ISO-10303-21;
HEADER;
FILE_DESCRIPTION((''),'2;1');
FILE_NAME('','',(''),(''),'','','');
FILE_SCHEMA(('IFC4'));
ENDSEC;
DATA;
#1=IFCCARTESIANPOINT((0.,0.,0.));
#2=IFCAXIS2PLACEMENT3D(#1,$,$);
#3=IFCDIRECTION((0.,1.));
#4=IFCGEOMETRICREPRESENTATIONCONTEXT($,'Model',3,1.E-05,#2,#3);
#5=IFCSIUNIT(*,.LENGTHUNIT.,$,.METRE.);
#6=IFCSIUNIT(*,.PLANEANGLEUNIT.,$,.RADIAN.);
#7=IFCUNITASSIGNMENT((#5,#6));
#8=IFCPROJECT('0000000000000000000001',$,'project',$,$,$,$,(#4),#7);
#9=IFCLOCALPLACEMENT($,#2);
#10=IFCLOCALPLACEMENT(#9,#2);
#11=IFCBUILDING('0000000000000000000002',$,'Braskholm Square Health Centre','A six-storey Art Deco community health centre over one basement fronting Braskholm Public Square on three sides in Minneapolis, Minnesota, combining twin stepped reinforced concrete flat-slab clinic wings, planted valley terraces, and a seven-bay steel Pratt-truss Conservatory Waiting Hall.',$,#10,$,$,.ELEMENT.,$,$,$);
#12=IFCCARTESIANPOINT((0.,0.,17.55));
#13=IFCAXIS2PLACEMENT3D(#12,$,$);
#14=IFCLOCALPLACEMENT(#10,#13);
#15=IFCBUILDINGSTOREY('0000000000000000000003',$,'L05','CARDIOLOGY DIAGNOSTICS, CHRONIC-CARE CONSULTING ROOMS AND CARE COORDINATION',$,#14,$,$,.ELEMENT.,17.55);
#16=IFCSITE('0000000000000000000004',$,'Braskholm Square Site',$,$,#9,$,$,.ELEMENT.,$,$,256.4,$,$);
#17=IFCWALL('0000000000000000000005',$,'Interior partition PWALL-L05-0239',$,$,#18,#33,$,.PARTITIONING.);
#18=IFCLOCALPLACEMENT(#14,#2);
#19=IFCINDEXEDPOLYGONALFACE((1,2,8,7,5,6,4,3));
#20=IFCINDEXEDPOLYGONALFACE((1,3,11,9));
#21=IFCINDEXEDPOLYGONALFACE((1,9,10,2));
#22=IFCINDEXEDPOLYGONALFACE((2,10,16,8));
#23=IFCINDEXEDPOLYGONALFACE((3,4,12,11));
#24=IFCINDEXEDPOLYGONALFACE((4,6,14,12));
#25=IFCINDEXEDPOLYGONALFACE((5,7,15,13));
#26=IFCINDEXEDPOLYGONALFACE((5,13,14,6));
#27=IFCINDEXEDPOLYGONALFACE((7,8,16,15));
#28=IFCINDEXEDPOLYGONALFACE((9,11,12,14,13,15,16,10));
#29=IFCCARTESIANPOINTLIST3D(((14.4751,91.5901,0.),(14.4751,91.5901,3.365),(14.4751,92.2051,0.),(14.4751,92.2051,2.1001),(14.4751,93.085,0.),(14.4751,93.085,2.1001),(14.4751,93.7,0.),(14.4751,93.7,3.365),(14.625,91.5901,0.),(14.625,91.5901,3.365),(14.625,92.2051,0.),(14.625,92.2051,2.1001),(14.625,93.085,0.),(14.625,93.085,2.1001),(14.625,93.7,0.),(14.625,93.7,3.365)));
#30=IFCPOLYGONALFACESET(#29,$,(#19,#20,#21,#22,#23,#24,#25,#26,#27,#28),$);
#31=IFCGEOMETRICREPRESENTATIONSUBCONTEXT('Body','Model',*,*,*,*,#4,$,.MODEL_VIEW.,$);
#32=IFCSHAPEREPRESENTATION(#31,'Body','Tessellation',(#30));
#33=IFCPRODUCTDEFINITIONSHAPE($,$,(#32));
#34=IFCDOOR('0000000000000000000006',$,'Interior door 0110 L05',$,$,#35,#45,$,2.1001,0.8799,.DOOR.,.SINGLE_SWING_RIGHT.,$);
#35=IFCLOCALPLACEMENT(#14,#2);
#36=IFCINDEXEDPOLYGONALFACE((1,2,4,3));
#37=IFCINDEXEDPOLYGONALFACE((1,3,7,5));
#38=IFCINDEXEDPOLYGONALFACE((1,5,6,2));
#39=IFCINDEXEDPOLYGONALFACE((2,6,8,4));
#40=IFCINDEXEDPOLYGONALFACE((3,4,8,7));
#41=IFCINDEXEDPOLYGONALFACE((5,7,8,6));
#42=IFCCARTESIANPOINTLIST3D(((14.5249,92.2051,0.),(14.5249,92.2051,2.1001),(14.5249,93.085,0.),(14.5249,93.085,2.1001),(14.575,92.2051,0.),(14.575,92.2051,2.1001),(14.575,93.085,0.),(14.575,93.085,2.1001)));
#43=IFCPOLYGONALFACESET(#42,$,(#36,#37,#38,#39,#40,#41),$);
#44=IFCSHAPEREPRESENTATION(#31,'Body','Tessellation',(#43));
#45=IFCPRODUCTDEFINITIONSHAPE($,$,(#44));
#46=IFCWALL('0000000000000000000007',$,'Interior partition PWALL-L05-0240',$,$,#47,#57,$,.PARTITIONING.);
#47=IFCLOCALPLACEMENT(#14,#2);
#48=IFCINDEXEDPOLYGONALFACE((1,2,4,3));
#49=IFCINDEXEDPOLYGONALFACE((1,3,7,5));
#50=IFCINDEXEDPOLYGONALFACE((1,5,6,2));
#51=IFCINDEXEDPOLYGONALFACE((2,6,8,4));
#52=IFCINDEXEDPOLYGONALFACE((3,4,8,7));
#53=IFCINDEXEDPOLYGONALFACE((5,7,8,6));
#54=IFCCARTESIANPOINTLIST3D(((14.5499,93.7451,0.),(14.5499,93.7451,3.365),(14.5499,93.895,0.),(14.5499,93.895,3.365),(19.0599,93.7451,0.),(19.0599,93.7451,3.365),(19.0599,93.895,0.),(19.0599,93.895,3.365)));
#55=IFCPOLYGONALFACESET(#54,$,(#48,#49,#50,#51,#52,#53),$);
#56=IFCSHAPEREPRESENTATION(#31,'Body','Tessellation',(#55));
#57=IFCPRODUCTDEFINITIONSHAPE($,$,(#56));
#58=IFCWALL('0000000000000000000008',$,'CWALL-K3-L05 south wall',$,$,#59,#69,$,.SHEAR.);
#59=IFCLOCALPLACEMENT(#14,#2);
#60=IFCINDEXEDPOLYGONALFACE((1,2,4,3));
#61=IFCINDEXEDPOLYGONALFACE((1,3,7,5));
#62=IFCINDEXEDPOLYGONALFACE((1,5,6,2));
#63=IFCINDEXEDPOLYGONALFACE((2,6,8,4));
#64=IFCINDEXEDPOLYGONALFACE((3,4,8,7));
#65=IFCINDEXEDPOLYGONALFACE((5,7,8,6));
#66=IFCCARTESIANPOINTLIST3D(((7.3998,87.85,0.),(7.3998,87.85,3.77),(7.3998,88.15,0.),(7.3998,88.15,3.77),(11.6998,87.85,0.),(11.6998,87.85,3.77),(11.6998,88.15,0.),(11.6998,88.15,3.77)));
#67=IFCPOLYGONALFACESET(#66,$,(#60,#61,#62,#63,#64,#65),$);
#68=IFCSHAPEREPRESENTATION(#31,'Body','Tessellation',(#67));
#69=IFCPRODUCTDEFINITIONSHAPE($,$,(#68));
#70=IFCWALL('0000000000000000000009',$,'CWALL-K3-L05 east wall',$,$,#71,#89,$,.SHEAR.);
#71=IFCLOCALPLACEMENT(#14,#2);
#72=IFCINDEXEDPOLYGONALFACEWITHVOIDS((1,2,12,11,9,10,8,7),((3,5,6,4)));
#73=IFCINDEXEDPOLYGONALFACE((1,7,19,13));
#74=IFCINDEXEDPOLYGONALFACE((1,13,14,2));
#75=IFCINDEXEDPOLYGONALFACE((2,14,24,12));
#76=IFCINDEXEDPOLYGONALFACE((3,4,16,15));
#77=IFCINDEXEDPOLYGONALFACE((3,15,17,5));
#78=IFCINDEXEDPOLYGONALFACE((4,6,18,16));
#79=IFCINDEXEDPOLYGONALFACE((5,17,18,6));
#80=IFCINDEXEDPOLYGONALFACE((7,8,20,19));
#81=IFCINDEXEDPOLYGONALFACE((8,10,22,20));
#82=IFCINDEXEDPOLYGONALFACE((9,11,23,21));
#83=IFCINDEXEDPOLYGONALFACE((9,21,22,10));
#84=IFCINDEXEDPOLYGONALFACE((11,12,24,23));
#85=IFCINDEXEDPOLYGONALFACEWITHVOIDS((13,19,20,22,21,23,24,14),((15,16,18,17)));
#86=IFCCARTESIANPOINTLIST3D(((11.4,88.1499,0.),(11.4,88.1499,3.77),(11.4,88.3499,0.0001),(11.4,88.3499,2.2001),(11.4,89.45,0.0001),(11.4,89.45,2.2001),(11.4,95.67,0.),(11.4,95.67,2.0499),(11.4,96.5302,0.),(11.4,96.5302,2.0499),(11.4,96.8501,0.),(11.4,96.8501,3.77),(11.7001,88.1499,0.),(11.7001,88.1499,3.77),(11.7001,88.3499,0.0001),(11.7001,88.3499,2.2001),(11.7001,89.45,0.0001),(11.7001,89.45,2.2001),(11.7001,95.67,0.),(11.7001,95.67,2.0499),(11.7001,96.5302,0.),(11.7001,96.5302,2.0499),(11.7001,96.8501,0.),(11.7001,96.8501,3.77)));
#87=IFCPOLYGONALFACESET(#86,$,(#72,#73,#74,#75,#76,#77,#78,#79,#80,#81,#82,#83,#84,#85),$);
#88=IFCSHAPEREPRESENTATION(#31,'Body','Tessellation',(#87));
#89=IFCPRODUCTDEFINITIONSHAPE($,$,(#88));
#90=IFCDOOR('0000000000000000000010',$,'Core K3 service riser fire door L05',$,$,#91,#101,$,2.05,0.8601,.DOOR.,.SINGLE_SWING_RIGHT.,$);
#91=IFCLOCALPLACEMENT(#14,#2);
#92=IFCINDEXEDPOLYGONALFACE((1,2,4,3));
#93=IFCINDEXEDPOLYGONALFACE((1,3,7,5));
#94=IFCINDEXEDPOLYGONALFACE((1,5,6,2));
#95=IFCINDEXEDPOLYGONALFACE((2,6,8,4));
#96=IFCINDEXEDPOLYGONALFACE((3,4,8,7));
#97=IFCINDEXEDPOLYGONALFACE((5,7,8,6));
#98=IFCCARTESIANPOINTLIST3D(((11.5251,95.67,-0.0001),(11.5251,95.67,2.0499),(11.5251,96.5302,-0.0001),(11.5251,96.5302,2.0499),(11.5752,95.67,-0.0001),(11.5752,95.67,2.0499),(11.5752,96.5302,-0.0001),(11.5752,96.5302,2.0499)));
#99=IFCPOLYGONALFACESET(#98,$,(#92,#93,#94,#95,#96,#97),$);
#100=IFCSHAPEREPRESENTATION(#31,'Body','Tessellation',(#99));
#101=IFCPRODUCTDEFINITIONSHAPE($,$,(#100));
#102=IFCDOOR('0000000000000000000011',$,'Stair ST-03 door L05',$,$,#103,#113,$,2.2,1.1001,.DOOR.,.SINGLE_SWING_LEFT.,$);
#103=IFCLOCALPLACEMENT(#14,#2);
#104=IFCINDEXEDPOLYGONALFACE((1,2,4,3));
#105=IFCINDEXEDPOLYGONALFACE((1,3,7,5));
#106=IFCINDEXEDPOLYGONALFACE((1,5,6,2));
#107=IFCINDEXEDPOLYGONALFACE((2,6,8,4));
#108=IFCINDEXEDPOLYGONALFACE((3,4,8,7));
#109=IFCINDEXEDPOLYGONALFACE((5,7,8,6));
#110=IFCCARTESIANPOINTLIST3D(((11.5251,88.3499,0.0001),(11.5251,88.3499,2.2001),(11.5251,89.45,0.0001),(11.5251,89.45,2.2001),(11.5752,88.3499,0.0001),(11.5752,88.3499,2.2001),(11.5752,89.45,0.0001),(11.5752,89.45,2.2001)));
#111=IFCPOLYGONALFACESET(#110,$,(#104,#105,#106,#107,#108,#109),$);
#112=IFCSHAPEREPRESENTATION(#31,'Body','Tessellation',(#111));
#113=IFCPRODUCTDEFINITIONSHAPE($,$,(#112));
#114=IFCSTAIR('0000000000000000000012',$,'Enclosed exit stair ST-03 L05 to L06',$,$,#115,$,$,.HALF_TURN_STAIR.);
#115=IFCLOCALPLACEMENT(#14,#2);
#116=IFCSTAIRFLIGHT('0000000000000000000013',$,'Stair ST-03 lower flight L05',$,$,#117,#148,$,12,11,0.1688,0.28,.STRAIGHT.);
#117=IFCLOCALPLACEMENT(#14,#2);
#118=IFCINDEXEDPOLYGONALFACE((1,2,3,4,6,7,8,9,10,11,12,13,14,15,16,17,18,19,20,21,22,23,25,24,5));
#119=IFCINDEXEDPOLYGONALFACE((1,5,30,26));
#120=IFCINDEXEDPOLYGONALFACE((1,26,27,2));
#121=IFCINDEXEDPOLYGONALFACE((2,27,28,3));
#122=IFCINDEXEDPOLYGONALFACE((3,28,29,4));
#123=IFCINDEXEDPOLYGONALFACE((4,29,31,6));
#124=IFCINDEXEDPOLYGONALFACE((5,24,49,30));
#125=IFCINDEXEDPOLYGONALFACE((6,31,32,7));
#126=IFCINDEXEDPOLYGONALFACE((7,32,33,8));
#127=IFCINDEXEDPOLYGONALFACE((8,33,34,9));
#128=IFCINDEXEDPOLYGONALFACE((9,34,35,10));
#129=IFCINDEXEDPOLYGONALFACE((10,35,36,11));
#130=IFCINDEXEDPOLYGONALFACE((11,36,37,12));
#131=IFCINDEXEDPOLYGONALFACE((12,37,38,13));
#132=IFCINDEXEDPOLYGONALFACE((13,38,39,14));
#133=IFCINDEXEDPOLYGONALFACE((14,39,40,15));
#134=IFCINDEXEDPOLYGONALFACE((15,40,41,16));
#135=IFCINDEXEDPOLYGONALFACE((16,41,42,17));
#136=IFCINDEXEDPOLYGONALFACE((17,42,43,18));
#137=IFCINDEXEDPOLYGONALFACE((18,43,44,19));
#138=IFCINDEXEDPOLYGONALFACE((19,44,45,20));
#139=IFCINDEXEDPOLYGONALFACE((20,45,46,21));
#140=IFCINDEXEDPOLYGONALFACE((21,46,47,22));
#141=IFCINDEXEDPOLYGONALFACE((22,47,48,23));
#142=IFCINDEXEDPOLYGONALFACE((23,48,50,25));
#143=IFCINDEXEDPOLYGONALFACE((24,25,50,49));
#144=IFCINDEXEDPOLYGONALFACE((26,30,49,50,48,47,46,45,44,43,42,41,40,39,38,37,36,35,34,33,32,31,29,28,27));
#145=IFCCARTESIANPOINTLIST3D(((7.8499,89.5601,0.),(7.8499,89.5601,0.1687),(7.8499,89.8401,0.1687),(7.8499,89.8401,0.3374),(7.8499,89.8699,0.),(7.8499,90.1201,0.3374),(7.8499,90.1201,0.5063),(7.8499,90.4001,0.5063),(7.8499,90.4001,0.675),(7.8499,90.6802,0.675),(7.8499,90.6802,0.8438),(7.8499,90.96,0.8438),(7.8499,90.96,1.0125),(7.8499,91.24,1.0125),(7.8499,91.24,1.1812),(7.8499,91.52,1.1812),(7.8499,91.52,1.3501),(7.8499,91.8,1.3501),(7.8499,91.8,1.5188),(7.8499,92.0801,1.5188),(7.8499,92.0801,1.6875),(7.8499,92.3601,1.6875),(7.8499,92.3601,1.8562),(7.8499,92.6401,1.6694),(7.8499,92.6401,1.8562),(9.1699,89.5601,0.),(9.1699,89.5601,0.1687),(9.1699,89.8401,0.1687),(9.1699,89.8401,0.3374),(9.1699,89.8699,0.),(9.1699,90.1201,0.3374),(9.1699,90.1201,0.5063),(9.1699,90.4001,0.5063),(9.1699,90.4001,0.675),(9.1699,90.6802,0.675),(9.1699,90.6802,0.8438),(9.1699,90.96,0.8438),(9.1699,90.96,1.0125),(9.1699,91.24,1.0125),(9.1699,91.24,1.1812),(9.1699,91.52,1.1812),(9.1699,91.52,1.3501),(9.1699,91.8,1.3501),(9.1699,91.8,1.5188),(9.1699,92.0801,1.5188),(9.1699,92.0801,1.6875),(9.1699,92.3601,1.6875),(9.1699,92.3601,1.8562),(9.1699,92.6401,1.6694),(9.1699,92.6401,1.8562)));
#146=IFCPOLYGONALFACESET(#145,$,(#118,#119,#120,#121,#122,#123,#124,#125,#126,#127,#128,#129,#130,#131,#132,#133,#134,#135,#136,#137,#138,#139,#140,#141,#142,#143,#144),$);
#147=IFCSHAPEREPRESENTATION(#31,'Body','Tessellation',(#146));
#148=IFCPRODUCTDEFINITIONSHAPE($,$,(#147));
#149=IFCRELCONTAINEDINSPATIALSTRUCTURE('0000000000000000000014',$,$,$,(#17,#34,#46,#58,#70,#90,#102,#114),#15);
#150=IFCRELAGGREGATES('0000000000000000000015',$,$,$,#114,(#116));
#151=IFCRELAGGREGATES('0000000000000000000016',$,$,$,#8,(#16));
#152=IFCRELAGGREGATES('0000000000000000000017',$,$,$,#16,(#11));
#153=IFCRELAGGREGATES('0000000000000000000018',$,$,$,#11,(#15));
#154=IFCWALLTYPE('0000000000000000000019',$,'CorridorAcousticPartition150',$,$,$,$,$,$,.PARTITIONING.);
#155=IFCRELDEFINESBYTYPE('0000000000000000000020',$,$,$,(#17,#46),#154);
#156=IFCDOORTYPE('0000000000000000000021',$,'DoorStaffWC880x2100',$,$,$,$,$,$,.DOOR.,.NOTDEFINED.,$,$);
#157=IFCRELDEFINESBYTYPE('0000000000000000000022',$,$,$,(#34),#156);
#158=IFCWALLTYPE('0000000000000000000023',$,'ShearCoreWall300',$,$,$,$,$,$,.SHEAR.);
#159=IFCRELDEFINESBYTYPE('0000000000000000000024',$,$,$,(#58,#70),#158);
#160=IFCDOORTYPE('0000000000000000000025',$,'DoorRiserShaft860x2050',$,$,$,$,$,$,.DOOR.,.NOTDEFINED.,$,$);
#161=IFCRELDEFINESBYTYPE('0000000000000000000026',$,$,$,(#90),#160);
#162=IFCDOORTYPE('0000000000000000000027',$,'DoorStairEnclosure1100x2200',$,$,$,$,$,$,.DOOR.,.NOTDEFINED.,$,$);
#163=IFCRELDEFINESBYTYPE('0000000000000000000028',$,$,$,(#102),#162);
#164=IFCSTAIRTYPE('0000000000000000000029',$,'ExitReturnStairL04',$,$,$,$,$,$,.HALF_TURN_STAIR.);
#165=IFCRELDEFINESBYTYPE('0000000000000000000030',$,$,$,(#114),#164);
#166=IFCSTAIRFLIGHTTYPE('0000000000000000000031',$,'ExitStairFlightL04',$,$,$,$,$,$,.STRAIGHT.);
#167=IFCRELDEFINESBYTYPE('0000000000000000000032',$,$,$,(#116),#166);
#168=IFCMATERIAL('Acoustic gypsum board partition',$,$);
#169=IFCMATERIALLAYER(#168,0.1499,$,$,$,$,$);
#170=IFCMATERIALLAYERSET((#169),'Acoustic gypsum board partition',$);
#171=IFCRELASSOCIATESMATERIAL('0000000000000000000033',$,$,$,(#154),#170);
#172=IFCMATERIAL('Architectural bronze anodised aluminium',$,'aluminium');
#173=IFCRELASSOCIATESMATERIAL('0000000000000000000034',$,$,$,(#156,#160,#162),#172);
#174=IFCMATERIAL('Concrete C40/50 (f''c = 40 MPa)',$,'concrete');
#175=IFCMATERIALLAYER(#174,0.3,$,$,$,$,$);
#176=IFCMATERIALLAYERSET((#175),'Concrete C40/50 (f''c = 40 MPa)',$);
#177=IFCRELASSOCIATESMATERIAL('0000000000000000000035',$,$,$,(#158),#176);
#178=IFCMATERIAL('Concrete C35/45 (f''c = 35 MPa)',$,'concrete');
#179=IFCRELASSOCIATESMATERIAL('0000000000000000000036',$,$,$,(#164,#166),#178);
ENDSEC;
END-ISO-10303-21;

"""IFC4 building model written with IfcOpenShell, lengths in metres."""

from ifc_helpers import new_model, si_unit, direction, frame, frame_2d, origin, origin_with_axes, place, context, subcontext, project, spatial, polyline, rectangle, outline, extrude, material, layer, layer_set, type_object, element, fill, aggregate, save


model = new_model("IFC4")

# Units and contexts
model_context = context("Model", 3, precision=1e-05, world=origin(), true_north=direction((0.0, 1.0)))
body_context = subcontext(model_context, "Body", "Model", "MODEL_VIEW")
ifc_project = project(units=[si_unit("LENGTHUNIT", "METRE"), si_unit("PLANEANGLEUNIT", "RADIAN")], contexts=[model_context])

# Site, building, storey
site_placement = place(None, origin())
site = spatial("IfcSite", under=ifc_project, at=site_placement, Name="Braskholm Square Site", CompositionType="ELEMENT", RefElevation=256.4)
building_placement = place(site_placement, origin())
building = spatial("IfcBuilding", under=site, at=building_placement, Name="Braskholm Square Health Centre", Description="A six-storey Art Deco community health centre over one basement fronting Braskholm Public Square on three sides in Minneapolis, Minnesota, combining twin stepped reinforced concrete flat-slab clinic wings, planted valley terraces, and a seven-bay steel Pratt-truss Conservatory Waiting Hall.", CompositionType="ELEMENT")
storey_placement = place(building_placement, frame((0.0, 0.0, 17.55)))
storey = spatial("IfcBuildingStorey", under=building, at=storey_placement, Name="L05", Description="CARDIOLOGY DIAGNOSTICS, CHRONIC-CARE CONSULTING ROOMS AND CARE COORDINATION", CompositionType="ELEMENT", Elevation=17.55)

# Shared definitions
ifc_material_1 = material(Name="Concrete C40/50 (f'c = 40 MPa)", Category="concrete")

# Shared definitions
ifc_material_2 = material(Name="Concrete C35/45 (f'c = 35 MPa)", Category="concrete")

# Shared definitions
ifc_material_3 = material(Name="Acoustic gypsum board partition")

# Wall, opening, door
ifc_material_4 = material(Name="Architectural bronze anodised aluminium", Category="aluminium")
ifc_layer_1 = layer(ifc_material_3, 0.1499)
ifc_layer_set_1 = layer_set([ifc_layer_1], Name="Acoustic gypsum board partition")
wall_type_1 = type_object("IfcWallType", Name="CorridorAcousticPartition150", PredefinedType="PARTITIONING", material=ifc_layer_set_1)
wall_1_placement = place(storey_placement, frame((14.55, 91.5901, 0.0), z_axis=(0.0, 0.0, 1.0), x_axis=(0.0, 1.0, 0.0)))
wall_1 = element("IfcWall", 1, at=wall_1_placement, inside=storey, type_object=wall_type_1, Name="Interior partition PWALL-L05-0239", PredefinedType="PARTITIONING", context=body_context, shape_type="SweptSolid", body=[
    extrude(rectangle(XDim=2.1099, YDim=0.1499, at=frame_2d((1.0549, 0.0))), origin(), (0.0, 0.0, 1.0), 3.365),
])
opening_1_placement = place(wall_1_placement, frame((0.615, 0.0, 0.0)))
opening_1 = element("IfcOpeningElement", 2, at=opening_1_placement, cuts=wall_1, PredefinedType="OPENING", context=body_context, shape_type="SweptSolid", body=[
    extrude(rectangle(XDim=0.8799, YDim=2.1001, at=frame_2d((0.4399, 1.05))), frame((0.0, 0.085, 0.0), z_axis=(0.0, -1.0, 0.0), x_axis=(1.0, 0.0, 0.0)), (0.0, 0.0, 1.0), 0.1699),
])
door_type_1 = type_object("IfcDoorType", Name="DoorStaffWC880x2100", OperationType="NOTDEFINED", PredefinedType="DOOR", material=ifc_material_4)
door_1_placement = place(opening_1_placement, frame((0.8799, 0.0, 0.0), z_axis=(0.0, 0.0, 1.0), x_axis=(-1.0, 0.0, 0.0)))
door_1 = element("IfcDoor", 3, at=door_1_placement, inside=storey, type_object=door_type_1, Name="Interior door 0110 L05", OperationType="SINGLE_SWING_RIGHT", OverallHeight=2.1001, OverallWidth=0.8799, PredefinedType="DOOR", context=body_context, shape_type="SweptSolid", body=[
    extrude(rectangle(XDim=0.8799, YDim=2.1001, at=frame_2d((0.4399, 1.05))), frame((0.0, 0.0249, 0.0), z_axis=(0.0, -1.0, 0.0), x_axis=(1.0, 0.0, 0.0)), (0.0, 0.0, 1.0), 0.05),
])
fill(opening_1, door_1)

# Walls
wall_2_placement = place(storey_placement, frame((14.55, 93.8201, 0.0), z_axis=(0.0, 0.0, 1.0), x_axis=(1.0, 0.0, 0.0)))
element("IfcWall", 4, at=wall_2_placement, inside=storey, type_object=wall_type_1, Name="Interior partition PWALL-L05-0240", PredefinedType="PARTITIONING", context=body_context, shape_type="SweptSolid", body=[
    extrude(rectangle(XDim=4.51, YDim=0.1499, at=frame_2d((2.2549, 0.0))), origin(), (0.0, 0.0, 1.0), 3.365),
])
ifc_layer_2 = layer(ifc_material_1, 0.3)
ifc_layer_set_2 = layer_set([ifc_layer_2], Name="Concrete C40/50 (f'c = 40 MPa)")
wall_type_2 = type_object("IfcWallType", Name="ShearCoreWall300", PredefinedType="SHEAR", material=ifc_layer_set_2)
wall_3_placement = place(storey_placement, frame((7.3999, 88.0, 0.0), z_axis=(0.0, 0.0, 1.0), x_axis=(1.0, 0.0, 0.0)))
element("IfcWall", 5, at=wall_3_placement, inside=storey, type_object=wall_type_2, Name="CWALL-K3-L05 south wall", PredefinedType="SHEAR", context=body_context, shape_type="SweptSolid", body=[
    extrude(rectangle(XDim=4.3, YDim=0.3, at=frame_2d((2.1499, 0.0))), origin(), (0.0, 0.0, 1.0), 3.77),
])

# Wall, openings, doors
wall_4_placement = place(storey_placement, frame((11.55, 88.1499, 0.0), z_axis=(0.0, 0.0, 1.0), x_axis=(0.0, 1.0, 0.0)))
wall_4 = element("IfcWall", 6, at=wall_4_placement, inside=storey, type_object=wall_type_2, Name="CWALL-K3-L05 east wall", PredefinedType="SHEAR", context=body_context, shape_type="SweptSolid", body=[
    extrude(rectangle(XDim=8.7002, YDim=0.3, at=frame_2d((4.3501, 0.0))), origin(), (0.0, 0.0, 1.0), 3.77),
])
opening_2_placement = place(wall_4_placement, frame((0.2, 0.0, 0.0)))
opening_2 = element("IfcOpeningElement", 7, at=opening_2_placement, cuts=wall_4, PredefinedType="OPENING", context=body_context, shape_type="SweptSolid", body=[
    extrude(rectangle(XDim=1.1001, YDim=2.2, at=frame_2d((0.55, 1.1001))), frame((0.0, 0.1602, 0.0), z_axis=(0.0, -1.0, 0.0), x_axis=(1.0, 0.0, 0.0)), (0.0, 0.0, 1.0), 0.3201),
])
opening_3_placement = place(wall_4_placement, frame((7.52, 0.0, 0.0)))
opening_3 = element("IfcOpeningElement", 8, at=opening_3_placement, cuts=wall_4, PredefinedType="OPENING", context=body_context, shape_type="SweptSolid", body=[
    extrude(rectangle(XDim=0.8601, YDim=2.05, at=frame_2d((0.4302, 1.0249))), frame((0.0, 0.1602, 0.0), z_axis=(0.0, -1.0, 0.0), x_axis=(1.0, 0.0, 0.0)), (0.0, 0.0, 1.0), 0.3201),
])
door_type_2 = type_object("IfcDoorType", Name="DoorRiserShaft860x2050", OperationType="NOTDEFINED", PredefinedType="DOOR", material=ifc_material_4)
door_2_placement = place(opening_3_placement, origin_with_axes())
door_2 = element("IfcDoor", 9, at=door_2_placement, inside=storey, type_object=door_type_2, Name="Core K3 service riser fire door L05", OperationType="SINGLE_SWING_RIGHT", OverallHeight=2.05, OverallWidth=0.8601, PredefinedType="DOOR", context=body_context, shape_type="SweptSolid", body=[
    extrude(rectangle(XDim=0.8601, YDim=2.05, at=frame_2d((0.4302, 1.0249))), frame((0.0, 0.0249, 0.0), z_axis=(0.0, -1.0, 0.0), x_axis=(1.0, 0.0, 0.0)), (0.0, 0.0, 1.0), 0.05),
])
fill(opening_3, door_2)
door_type_3 = type_object("IfcDoorType", Name="DoorStairEnclosure1100x2200", OperationType="NOTDEFINED", PredefinedType="DOOR", material=ifc_material_4)
door_3_placement = place(opening_2_placement, origin_with_axes())
door_3 = element("IfcDoor", 10, at=door_3_placement, inside=storey, type_object=door_type_3, Name="Stair ST-03 door L05", OperationType="SINGLE_SWING_LEFT", OverallHeight=2.2, OverallWidth=1.1001, PredefinedType="DOOR", context=body_context, shape_type="SweptSolid", body=[
    extrude(rectangle(XDim=1.1001, YDim=2.2, at=frame_2d((0.55, 1.1001))), frame((0.0, 0.0249, 0.0), z_axis=(0.0, -1.0, 0.0), x_axis=(1.0, 0.0, 0.0)), (0.0, 0.0, 1.0), 0.05),
])
fill(opening_2, door_3)

# Stair, stair flight
stair_type = type_object("IfcStairType", Name="ExitReturnStairL04", PredefinedType="HALF_TURN_STAIR", material=ifc_material_2)
stair_placement = place(storey_placement, origin())
stair = element("IfcStair", 11, at=stair_placement, inside=storey, type_object=stair_type, Name="Enclosed exit stair ST-03 L05 to L06", PredefinedType="HALF_TURN_STAIR")
stair_flight_type = type_object("IfcStairFlightType", Name="ExitStairFlightL04", PredefinedType="STRAIGHT", material=ifc_material_2)
stair_flight_1_placement = place(storey_placement, frame((8.51, 89.5601, 0.0), z_axis=(0.0, 0.0, 1.0), x_axis=(0.0, 1.0, 0.0)))
stair_flight_1 = element("IfcStairFlight", 12, at=stair_flight_1_placement, type_object=stair_flight_type, Name="Stair ST-03 lower flight L05", NumberOfRisers=12, NumberOfTreads=11, PredefinedType="STRAIGHT", RiserHeight=0.1688, TreadLength=0.28, context=body_context, shape_type="SweptSolid", body=[
    extrude(outline(polyline([(0.0, 0.0), (0.0, 0.1687), (0.28, 0.1687), (0.28, 0.3374), (0.5601, 0.3374), (0.5601, 0.5063), (0.8401, 0.5063), (0.8401, 0.675), (1.1201, 0.675), (1.1201, 0.8438), (1.3999, 0.8438), (1.3999, 1.0125), (1.6799, 1.0125), (1.6799, 1.1812), (1.96, 1.1812), (1.96, 1.3501), (2.24, 1.3501), (2.24, 1.5188), (2.52, 1.5188), (2.52, 1.6875), (2.8, 1.6875), (2.8, 1.8562), (3.0801, 1.8562), (3.0801, 2.0249), (3.0801, 1.6694), (0.3098, 0.0), (0.0, 0.0)])), frame((0.0, 0.6602, 0.0), z_axis=(0.0, -1.0, 0.0), x_axis=(1.0, 0.0, 0.0)), (0.0, 0.0, 1.0), 1.3201),
])
aggregate(stair, [stair_flight_1])

save(model, "model.ifc")
